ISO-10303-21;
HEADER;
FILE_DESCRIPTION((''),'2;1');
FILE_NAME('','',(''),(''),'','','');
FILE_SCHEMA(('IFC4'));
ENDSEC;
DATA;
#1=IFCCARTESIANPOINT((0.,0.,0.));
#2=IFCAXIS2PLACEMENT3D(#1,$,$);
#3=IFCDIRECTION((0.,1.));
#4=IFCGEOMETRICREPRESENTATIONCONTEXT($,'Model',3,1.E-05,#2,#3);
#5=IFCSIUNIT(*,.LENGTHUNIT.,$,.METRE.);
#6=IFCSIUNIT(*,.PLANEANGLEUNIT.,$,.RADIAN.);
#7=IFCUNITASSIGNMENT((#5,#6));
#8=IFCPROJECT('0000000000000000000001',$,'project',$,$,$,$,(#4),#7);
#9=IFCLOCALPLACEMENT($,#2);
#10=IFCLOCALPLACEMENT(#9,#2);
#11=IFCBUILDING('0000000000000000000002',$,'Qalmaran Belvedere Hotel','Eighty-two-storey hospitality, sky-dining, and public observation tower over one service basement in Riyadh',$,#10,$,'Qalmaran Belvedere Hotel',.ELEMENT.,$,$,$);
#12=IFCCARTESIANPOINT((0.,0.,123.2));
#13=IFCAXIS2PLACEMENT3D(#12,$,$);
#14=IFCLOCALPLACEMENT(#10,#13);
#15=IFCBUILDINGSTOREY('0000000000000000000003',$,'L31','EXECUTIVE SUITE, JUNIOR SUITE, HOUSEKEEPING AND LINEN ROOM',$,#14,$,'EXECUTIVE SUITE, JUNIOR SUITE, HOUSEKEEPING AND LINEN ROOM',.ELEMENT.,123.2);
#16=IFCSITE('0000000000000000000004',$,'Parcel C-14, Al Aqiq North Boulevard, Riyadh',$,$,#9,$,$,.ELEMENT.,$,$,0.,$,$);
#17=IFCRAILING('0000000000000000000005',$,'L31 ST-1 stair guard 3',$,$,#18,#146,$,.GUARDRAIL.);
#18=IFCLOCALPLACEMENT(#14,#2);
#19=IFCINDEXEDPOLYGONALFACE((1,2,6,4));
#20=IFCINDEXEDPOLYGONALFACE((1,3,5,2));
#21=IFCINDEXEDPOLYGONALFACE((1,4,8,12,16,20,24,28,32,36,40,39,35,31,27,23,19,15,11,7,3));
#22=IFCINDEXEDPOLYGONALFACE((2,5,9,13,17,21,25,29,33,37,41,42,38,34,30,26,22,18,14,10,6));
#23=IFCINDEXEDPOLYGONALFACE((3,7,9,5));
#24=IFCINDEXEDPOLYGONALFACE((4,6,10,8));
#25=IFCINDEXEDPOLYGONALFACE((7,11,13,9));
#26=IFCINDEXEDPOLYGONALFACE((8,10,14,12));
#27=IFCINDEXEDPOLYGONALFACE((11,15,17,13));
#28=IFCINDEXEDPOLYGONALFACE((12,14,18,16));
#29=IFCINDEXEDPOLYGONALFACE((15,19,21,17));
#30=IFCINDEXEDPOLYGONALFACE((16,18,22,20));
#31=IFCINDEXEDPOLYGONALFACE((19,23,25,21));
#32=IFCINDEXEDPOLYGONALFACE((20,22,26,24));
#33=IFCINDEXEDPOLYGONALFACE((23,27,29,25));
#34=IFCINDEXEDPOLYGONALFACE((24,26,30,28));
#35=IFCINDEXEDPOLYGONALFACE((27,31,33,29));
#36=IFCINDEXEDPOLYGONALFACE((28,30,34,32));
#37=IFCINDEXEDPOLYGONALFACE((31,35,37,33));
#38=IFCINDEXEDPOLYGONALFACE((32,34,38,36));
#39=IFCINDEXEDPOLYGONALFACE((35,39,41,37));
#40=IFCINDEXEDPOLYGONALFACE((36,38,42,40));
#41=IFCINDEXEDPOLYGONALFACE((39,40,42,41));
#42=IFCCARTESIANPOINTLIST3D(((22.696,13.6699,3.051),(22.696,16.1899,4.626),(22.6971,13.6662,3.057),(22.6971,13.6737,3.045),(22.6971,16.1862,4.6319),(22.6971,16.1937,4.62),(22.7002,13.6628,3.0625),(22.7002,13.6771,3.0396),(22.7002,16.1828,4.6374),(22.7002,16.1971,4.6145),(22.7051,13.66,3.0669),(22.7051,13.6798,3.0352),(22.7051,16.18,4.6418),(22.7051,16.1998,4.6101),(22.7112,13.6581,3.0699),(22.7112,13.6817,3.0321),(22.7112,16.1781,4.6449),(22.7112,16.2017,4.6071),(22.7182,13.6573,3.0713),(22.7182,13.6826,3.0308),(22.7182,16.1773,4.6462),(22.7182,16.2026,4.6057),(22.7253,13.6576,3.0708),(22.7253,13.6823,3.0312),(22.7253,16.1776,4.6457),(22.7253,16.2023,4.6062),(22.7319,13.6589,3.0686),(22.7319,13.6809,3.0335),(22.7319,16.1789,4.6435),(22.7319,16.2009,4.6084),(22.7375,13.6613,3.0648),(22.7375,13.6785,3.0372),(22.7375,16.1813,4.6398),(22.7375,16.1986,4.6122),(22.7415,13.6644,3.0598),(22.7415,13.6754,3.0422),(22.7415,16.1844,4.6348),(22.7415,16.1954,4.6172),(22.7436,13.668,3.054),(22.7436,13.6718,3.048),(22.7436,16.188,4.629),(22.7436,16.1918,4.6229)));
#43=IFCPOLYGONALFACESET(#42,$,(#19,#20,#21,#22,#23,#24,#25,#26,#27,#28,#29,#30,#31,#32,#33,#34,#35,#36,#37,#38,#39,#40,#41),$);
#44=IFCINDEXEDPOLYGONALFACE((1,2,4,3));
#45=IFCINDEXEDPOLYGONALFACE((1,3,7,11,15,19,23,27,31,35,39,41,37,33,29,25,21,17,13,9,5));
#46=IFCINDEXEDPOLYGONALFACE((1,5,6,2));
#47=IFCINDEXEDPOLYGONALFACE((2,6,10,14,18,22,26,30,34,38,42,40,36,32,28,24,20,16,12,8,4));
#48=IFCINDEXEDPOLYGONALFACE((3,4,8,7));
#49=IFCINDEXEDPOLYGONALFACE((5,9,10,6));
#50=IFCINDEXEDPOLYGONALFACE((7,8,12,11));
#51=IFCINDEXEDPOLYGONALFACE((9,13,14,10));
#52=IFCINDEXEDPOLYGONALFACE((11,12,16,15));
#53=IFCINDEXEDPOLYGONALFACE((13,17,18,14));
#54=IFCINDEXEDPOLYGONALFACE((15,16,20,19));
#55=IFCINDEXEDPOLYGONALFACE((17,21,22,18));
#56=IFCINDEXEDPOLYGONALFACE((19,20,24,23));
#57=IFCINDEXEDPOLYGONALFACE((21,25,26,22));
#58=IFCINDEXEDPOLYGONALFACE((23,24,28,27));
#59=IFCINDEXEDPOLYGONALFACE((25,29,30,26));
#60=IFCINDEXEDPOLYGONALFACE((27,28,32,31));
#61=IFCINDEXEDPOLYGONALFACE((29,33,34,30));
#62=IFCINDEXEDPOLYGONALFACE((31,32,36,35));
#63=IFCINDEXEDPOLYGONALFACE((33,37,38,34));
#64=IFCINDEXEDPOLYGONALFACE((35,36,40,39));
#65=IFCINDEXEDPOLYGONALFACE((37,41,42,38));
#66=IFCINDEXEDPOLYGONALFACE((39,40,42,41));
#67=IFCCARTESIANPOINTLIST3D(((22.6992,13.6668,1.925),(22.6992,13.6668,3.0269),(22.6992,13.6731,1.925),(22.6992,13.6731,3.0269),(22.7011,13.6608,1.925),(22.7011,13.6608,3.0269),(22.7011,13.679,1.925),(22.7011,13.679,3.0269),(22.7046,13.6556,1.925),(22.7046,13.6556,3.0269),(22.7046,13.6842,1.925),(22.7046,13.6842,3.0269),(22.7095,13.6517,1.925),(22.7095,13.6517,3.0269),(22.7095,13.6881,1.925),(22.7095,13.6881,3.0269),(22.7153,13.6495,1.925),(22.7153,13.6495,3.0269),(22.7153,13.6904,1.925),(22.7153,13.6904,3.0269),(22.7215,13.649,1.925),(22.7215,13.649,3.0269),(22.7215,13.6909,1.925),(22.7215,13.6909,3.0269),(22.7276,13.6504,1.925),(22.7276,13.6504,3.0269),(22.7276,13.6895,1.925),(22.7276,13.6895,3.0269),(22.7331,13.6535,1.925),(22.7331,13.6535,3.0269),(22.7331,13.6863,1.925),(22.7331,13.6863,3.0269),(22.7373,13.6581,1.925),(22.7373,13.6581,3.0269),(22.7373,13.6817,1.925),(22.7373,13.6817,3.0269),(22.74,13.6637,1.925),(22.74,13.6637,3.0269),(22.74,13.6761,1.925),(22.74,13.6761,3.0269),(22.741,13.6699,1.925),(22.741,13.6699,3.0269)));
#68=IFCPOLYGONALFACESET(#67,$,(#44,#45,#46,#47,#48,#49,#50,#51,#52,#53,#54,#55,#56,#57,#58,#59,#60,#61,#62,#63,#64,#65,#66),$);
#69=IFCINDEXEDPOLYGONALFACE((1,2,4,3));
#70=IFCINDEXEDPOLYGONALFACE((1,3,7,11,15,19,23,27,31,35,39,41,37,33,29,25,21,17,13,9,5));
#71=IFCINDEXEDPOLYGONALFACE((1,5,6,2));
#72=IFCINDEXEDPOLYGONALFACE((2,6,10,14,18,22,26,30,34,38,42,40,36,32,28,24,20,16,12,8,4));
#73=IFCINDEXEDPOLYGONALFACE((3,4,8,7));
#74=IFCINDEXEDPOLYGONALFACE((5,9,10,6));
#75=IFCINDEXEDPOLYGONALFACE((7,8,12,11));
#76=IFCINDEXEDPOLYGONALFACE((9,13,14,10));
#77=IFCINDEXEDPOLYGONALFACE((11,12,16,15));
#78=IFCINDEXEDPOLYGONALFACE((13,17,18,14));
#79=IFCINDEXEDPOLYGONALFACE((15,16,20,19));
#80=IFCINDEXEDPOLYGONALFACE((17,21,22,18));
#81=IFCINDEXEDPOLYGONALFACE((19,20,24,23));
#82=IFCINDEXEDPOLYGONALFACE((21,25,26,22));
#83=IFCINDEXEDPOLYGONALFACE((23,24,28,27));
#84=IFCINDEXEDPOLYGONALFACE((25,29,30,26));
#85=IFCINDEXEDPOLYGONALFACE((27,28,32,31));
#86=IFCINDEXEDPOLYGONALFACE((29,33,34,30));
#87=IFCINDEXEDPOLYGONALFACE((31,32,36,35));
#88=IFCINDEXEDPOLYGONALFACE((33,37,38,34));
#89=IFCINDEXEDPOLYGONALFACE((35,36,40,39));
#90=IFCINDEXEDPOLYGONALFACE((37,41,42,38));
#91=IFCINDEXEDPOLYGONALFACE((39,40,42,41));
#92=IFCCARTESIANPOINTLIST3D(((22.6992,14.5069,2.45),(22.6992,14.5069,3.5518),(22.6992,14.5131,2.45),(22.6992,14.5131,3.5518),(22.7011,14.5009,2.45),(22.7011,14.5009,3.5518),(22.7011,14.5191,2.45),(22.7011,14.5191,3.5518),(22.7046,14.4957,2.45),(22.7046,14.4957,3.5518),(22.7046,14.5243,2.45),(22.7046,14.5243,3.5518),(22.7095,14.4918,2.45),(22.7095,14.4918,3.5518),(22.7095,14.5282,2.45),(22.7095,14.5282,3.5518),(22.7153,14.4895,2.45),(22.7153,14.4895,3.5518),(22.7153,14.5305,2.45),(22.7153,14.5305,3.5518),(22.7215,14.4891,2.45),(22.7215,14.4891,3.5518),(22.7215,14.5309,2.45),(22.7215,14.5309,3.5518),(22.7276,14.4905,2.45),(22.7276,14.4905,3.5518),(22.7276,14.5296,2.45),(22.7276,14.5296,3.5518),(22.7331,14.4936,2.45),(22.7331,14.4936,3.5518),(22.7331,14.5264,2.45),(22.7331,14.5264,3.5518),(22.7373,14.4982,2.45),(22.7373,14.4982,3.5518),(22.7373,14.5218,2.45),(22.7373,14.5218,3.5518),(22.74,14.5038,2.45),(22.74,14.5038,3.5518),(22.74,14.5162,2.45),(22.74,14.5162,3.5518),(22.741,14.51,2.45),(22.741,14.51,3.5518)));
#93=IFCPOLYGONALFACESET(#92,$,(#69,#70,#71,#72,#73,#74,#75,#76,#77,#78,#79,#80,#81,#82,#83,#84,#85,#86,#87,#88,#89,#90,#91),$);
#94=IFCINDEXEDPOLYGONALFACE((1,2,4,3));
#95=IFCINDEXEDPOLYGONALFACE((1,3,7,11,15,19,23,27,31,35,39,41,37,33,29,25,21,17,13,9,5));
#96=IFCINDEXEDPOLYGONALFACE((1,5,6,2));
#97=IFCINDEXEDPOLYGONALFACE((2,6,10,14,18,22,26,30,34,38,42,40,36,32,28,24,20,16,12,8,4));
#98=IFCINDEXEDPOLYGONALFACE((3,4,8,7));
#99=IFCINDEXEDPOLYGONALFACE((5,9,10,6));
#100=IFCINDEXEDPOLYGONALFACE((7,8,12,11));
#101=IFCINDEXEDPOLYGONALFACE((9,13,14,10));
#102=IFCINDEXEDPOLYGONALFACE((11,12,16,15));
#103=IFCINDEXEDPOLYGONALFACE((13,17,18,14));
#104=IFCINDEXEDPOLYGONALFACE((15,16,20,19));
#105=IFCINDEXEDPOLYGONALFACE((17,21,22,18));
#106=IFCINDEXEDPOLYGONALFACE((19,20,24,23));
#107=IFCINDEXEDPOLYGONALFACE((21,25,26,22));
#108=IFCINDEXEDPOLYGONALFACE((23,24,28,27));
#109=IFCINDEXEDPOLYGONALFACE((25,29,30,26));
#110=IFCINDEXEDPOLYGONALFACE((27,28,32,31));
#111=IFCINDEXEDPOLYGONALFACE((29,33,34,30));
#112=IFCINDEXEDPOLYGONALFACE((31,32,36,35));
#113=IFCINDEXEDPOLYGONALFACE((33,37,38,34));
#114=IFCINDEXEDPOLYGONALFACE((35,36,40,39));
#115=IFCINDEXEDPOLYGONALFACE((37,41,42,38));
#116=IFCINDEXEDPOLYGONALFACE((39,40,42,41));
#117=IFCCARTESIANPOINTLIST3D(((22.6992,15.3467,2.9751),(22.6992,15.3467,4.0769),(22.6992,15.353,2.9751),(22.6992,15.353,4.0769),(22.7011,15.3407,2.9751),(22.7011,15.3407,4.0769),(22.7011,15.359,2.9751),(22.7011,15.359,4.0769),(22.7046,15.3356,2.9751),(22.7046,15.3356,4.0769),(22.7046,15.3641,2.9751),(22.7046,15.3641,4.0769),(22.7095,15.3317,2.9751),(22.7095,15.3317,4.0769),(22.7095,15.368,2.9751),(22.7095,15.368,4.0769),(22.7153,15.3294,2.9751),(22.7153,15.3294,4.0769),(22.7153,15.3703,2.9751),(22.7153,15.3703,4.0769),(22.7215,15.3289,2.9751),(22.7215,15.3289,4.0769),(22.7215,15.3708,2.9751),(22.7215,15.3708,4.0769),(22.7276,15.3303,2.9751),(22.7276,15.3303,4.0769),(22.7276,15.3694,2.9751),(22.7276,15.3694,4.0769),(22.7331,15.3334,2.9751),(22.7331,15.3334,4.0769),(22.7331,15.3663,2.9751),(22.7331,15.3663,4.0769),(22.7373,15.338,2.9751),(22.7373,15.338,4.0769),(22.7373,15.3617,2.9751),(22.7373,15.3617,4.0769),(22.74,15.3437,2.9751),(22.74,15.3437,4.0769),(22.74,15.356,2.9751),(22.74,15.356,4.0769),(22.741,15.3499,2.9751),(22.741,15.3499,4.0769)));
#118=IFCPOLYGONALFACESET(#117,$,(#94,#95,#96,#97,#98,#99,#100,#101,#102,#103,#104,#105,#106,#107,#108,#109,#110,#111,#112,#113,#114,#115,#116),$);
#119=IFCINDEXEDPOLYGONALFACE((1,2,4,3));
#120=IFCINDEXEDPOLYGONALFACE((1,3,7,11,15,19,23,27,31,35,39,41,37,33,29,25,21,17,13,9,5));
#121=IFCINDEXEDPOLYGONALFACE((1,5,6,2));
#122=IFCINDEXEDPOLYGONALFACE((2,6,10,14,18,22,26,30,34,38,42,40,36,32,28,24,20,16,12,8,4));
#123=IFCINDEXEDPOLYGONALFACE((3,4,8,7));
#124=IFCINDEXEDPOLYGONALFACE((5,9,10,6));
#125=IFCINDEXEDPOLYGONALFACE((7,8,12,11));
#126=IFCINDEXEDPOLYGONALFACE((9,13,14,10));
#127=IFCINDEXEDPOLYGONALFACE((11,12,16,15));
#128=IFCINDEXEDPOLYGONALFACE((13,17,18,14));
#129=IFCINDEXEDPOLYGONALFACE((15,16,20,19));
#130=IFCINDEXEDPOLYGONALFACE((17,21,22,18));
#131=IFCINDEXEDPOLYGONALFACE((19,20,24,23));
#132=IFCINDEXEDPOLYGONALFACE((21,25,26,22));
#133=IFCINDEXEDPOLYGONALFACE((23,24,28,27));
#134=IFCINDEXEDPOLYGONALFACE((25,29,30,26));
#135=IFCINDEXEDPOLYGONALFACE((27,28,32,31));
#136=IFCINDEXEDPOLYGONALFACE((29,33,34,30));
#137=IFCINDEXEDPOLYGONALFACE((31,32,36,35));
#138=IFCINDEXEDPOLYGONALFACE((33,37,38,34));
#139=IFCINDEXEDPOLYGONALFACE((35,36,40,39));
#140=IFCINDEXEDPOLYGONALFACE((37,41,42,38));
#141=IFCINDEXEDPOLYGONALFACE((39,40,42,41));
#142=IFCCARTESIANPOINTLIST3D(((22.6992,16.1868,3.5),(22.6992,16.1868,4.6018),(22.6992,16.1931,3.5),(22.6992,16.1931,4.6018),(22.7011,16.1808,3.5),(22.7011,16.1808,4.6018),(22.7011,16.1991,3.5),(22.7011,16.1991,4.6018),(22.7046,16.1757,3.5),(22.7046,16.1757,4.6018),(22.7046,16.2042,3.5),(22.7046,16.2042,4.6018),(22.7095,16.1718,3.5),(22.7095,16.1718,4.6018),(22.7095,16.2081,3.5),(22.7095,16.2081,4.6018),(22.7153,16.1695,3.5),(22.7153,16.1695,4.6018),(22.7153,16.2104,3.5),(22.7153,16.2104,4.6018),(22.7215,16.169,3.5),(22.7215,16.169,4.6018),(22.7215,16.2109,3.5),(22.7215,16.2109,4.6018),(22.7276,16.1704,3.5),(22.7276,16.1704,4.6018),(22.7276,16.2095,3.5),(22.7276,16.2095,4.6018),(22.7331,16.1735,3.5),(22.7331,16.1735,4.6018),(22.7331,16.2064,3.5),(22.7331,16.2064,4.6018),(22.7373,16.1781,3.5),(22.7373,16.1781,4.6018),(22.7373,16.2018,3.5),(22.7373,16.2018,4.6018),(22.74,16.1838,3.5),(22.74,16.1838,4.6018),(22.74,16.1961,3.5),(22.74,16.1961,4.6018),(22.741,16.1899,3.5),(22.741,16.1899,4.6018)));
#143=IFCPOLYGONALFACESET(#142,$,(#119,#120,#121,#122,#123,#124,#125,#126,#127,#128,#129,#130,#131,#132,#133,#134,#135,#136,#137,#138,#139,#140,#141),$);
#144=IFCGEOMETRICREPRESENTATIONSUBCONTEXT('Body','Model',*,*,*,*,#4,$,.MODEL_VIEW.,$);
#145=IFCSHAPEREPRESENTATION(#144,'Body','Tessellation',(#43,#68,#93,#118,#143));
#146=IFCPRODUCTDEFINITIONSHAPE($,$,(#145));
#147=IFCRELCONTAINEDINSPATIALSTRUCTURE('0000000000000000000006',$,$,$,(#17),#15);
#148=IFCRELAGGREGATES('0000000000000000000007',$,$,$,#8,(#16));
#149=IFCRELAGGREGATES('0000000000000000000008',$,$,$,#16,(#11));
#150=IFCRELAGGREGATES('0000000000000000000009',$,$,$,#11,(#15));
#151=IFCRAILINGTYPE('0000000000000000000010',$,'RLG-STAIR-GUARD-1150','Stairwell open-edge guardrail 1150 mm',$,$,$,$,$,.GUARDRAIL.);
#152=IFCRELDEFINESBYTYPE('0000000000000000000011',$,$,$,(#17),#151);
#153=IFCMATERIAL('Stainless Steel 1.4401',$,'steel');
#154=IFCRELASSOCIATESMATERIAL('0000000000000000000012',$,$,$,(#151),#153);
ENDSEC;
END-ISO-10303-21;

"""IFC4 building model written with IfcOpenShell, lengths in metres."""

from ifc_helpers import new_model, si_unit, direction, frame, origin, origin_2d, place, context, subcontext, project, spatial, circle, extrude, material, type_object, element, save


model = new_model("IFC4")

# Units and contexts
model_context = context("Model", 3, precision=1e-05, world=origin(), true_north=direction((0.0, 1.0)))
body_context = subcontext(model_context, "Body", "Model", "MODEL_VIEW")
ifc_project = project(units=[si_unit("LENGTHUNIT", "METRE"), si_unit("PLANEANGLEUNIT", "RADIAN")], contexts=[model_context])

# Site, building, storey
site_placement = place(None, origin())
site = spatial("IfcSite", under=ifc_project, at=site_placement, Name="Parcel C-14, Al Aqiq North Boulevard, Riyadh", CompositionType="ELEMENT", RefElevation=0.0)
building_placement = place(site_placement, origin())
building = spatial("IfcBuilding", under=site, at=building_placement, Name="Qalmaran Belvedere Hotel", Description="Eighty-two-storey hospitality, sky-dining, and public observation tower over one service basement in Riyadh", LongName="Qalmaran Belvedere Hotel", CompositionType="ELEMENT")
storey_placement = place(building_placement, frame((0.0, 0.0, 123.2)))
storey = spatial("IfcBuildingStorey", under=building, at=storey_placement, Name="L31", Description="EXECUTIVE SUITE, JUNIOR SUITE, HOUSEKEEPING AND LINEN ROOM", LongName="EXECUTIVE SUITE, JUNIOR SUITE, HOUSEKEEPING AND LINEN ROOM", CompositionType="ELEMENT", Elevation=123.2)

# Railing
ifc_material_1 = material(Name="Stainless Steel 1.4401", Category="steel")
railing_type_1 = type_object("IfcRailingType", Name="RLG-STAIR-GUARD-1150", Description="Stairwell open-edge guardrail 1150 mm", PredefinedType="GUARDRAIL", material=ifc_material_1)
railing_1_placement = place(storey_placement, frame((22.72, 13.6699, 1.925)))
element("IfcRailing", 1, at=railing_1_placement, inside=storey, type_object=railing_type_1, Name="L31 ST-1 stair guard 3", PredefinedType="GUARDRAIL", context=body_context, shape_type="SweptSolid", body=[
    extrude(circle(Radius=0.0239, at=origin_2d()), frame((0.0, 0.0, 1.126), z_axis=(0.0, 0.848008, 0.529984), x_axis=(-1.0, 0.0, 0.0)), (0.0, 0.0, 1.0), 2.9717),
    extrude(circle(Radius=0.021, at=origin_2d()), origin(), (0.0, 0.0, 1.0), 1.1018),
    extrude(circle(Radius=0.021, at=origin_2d()), frame((0.0, 0.8401, 0.5249)), (0.0, 0.0, 1.0), 1.1018),
    extrude(circle(Radius=0.021, at=origin_2d()), frame((0.0, 1.6799, 1.05)), (0.0, 0.0, 1.0), 1.1018),
    extrude(circle(Radius=0.021, at=origin_2d()), frame((0.0, 2.52, 1.575)), (0.0, 0.0, 1.0), 1.1018),
])

save(model, "model.ifc")
